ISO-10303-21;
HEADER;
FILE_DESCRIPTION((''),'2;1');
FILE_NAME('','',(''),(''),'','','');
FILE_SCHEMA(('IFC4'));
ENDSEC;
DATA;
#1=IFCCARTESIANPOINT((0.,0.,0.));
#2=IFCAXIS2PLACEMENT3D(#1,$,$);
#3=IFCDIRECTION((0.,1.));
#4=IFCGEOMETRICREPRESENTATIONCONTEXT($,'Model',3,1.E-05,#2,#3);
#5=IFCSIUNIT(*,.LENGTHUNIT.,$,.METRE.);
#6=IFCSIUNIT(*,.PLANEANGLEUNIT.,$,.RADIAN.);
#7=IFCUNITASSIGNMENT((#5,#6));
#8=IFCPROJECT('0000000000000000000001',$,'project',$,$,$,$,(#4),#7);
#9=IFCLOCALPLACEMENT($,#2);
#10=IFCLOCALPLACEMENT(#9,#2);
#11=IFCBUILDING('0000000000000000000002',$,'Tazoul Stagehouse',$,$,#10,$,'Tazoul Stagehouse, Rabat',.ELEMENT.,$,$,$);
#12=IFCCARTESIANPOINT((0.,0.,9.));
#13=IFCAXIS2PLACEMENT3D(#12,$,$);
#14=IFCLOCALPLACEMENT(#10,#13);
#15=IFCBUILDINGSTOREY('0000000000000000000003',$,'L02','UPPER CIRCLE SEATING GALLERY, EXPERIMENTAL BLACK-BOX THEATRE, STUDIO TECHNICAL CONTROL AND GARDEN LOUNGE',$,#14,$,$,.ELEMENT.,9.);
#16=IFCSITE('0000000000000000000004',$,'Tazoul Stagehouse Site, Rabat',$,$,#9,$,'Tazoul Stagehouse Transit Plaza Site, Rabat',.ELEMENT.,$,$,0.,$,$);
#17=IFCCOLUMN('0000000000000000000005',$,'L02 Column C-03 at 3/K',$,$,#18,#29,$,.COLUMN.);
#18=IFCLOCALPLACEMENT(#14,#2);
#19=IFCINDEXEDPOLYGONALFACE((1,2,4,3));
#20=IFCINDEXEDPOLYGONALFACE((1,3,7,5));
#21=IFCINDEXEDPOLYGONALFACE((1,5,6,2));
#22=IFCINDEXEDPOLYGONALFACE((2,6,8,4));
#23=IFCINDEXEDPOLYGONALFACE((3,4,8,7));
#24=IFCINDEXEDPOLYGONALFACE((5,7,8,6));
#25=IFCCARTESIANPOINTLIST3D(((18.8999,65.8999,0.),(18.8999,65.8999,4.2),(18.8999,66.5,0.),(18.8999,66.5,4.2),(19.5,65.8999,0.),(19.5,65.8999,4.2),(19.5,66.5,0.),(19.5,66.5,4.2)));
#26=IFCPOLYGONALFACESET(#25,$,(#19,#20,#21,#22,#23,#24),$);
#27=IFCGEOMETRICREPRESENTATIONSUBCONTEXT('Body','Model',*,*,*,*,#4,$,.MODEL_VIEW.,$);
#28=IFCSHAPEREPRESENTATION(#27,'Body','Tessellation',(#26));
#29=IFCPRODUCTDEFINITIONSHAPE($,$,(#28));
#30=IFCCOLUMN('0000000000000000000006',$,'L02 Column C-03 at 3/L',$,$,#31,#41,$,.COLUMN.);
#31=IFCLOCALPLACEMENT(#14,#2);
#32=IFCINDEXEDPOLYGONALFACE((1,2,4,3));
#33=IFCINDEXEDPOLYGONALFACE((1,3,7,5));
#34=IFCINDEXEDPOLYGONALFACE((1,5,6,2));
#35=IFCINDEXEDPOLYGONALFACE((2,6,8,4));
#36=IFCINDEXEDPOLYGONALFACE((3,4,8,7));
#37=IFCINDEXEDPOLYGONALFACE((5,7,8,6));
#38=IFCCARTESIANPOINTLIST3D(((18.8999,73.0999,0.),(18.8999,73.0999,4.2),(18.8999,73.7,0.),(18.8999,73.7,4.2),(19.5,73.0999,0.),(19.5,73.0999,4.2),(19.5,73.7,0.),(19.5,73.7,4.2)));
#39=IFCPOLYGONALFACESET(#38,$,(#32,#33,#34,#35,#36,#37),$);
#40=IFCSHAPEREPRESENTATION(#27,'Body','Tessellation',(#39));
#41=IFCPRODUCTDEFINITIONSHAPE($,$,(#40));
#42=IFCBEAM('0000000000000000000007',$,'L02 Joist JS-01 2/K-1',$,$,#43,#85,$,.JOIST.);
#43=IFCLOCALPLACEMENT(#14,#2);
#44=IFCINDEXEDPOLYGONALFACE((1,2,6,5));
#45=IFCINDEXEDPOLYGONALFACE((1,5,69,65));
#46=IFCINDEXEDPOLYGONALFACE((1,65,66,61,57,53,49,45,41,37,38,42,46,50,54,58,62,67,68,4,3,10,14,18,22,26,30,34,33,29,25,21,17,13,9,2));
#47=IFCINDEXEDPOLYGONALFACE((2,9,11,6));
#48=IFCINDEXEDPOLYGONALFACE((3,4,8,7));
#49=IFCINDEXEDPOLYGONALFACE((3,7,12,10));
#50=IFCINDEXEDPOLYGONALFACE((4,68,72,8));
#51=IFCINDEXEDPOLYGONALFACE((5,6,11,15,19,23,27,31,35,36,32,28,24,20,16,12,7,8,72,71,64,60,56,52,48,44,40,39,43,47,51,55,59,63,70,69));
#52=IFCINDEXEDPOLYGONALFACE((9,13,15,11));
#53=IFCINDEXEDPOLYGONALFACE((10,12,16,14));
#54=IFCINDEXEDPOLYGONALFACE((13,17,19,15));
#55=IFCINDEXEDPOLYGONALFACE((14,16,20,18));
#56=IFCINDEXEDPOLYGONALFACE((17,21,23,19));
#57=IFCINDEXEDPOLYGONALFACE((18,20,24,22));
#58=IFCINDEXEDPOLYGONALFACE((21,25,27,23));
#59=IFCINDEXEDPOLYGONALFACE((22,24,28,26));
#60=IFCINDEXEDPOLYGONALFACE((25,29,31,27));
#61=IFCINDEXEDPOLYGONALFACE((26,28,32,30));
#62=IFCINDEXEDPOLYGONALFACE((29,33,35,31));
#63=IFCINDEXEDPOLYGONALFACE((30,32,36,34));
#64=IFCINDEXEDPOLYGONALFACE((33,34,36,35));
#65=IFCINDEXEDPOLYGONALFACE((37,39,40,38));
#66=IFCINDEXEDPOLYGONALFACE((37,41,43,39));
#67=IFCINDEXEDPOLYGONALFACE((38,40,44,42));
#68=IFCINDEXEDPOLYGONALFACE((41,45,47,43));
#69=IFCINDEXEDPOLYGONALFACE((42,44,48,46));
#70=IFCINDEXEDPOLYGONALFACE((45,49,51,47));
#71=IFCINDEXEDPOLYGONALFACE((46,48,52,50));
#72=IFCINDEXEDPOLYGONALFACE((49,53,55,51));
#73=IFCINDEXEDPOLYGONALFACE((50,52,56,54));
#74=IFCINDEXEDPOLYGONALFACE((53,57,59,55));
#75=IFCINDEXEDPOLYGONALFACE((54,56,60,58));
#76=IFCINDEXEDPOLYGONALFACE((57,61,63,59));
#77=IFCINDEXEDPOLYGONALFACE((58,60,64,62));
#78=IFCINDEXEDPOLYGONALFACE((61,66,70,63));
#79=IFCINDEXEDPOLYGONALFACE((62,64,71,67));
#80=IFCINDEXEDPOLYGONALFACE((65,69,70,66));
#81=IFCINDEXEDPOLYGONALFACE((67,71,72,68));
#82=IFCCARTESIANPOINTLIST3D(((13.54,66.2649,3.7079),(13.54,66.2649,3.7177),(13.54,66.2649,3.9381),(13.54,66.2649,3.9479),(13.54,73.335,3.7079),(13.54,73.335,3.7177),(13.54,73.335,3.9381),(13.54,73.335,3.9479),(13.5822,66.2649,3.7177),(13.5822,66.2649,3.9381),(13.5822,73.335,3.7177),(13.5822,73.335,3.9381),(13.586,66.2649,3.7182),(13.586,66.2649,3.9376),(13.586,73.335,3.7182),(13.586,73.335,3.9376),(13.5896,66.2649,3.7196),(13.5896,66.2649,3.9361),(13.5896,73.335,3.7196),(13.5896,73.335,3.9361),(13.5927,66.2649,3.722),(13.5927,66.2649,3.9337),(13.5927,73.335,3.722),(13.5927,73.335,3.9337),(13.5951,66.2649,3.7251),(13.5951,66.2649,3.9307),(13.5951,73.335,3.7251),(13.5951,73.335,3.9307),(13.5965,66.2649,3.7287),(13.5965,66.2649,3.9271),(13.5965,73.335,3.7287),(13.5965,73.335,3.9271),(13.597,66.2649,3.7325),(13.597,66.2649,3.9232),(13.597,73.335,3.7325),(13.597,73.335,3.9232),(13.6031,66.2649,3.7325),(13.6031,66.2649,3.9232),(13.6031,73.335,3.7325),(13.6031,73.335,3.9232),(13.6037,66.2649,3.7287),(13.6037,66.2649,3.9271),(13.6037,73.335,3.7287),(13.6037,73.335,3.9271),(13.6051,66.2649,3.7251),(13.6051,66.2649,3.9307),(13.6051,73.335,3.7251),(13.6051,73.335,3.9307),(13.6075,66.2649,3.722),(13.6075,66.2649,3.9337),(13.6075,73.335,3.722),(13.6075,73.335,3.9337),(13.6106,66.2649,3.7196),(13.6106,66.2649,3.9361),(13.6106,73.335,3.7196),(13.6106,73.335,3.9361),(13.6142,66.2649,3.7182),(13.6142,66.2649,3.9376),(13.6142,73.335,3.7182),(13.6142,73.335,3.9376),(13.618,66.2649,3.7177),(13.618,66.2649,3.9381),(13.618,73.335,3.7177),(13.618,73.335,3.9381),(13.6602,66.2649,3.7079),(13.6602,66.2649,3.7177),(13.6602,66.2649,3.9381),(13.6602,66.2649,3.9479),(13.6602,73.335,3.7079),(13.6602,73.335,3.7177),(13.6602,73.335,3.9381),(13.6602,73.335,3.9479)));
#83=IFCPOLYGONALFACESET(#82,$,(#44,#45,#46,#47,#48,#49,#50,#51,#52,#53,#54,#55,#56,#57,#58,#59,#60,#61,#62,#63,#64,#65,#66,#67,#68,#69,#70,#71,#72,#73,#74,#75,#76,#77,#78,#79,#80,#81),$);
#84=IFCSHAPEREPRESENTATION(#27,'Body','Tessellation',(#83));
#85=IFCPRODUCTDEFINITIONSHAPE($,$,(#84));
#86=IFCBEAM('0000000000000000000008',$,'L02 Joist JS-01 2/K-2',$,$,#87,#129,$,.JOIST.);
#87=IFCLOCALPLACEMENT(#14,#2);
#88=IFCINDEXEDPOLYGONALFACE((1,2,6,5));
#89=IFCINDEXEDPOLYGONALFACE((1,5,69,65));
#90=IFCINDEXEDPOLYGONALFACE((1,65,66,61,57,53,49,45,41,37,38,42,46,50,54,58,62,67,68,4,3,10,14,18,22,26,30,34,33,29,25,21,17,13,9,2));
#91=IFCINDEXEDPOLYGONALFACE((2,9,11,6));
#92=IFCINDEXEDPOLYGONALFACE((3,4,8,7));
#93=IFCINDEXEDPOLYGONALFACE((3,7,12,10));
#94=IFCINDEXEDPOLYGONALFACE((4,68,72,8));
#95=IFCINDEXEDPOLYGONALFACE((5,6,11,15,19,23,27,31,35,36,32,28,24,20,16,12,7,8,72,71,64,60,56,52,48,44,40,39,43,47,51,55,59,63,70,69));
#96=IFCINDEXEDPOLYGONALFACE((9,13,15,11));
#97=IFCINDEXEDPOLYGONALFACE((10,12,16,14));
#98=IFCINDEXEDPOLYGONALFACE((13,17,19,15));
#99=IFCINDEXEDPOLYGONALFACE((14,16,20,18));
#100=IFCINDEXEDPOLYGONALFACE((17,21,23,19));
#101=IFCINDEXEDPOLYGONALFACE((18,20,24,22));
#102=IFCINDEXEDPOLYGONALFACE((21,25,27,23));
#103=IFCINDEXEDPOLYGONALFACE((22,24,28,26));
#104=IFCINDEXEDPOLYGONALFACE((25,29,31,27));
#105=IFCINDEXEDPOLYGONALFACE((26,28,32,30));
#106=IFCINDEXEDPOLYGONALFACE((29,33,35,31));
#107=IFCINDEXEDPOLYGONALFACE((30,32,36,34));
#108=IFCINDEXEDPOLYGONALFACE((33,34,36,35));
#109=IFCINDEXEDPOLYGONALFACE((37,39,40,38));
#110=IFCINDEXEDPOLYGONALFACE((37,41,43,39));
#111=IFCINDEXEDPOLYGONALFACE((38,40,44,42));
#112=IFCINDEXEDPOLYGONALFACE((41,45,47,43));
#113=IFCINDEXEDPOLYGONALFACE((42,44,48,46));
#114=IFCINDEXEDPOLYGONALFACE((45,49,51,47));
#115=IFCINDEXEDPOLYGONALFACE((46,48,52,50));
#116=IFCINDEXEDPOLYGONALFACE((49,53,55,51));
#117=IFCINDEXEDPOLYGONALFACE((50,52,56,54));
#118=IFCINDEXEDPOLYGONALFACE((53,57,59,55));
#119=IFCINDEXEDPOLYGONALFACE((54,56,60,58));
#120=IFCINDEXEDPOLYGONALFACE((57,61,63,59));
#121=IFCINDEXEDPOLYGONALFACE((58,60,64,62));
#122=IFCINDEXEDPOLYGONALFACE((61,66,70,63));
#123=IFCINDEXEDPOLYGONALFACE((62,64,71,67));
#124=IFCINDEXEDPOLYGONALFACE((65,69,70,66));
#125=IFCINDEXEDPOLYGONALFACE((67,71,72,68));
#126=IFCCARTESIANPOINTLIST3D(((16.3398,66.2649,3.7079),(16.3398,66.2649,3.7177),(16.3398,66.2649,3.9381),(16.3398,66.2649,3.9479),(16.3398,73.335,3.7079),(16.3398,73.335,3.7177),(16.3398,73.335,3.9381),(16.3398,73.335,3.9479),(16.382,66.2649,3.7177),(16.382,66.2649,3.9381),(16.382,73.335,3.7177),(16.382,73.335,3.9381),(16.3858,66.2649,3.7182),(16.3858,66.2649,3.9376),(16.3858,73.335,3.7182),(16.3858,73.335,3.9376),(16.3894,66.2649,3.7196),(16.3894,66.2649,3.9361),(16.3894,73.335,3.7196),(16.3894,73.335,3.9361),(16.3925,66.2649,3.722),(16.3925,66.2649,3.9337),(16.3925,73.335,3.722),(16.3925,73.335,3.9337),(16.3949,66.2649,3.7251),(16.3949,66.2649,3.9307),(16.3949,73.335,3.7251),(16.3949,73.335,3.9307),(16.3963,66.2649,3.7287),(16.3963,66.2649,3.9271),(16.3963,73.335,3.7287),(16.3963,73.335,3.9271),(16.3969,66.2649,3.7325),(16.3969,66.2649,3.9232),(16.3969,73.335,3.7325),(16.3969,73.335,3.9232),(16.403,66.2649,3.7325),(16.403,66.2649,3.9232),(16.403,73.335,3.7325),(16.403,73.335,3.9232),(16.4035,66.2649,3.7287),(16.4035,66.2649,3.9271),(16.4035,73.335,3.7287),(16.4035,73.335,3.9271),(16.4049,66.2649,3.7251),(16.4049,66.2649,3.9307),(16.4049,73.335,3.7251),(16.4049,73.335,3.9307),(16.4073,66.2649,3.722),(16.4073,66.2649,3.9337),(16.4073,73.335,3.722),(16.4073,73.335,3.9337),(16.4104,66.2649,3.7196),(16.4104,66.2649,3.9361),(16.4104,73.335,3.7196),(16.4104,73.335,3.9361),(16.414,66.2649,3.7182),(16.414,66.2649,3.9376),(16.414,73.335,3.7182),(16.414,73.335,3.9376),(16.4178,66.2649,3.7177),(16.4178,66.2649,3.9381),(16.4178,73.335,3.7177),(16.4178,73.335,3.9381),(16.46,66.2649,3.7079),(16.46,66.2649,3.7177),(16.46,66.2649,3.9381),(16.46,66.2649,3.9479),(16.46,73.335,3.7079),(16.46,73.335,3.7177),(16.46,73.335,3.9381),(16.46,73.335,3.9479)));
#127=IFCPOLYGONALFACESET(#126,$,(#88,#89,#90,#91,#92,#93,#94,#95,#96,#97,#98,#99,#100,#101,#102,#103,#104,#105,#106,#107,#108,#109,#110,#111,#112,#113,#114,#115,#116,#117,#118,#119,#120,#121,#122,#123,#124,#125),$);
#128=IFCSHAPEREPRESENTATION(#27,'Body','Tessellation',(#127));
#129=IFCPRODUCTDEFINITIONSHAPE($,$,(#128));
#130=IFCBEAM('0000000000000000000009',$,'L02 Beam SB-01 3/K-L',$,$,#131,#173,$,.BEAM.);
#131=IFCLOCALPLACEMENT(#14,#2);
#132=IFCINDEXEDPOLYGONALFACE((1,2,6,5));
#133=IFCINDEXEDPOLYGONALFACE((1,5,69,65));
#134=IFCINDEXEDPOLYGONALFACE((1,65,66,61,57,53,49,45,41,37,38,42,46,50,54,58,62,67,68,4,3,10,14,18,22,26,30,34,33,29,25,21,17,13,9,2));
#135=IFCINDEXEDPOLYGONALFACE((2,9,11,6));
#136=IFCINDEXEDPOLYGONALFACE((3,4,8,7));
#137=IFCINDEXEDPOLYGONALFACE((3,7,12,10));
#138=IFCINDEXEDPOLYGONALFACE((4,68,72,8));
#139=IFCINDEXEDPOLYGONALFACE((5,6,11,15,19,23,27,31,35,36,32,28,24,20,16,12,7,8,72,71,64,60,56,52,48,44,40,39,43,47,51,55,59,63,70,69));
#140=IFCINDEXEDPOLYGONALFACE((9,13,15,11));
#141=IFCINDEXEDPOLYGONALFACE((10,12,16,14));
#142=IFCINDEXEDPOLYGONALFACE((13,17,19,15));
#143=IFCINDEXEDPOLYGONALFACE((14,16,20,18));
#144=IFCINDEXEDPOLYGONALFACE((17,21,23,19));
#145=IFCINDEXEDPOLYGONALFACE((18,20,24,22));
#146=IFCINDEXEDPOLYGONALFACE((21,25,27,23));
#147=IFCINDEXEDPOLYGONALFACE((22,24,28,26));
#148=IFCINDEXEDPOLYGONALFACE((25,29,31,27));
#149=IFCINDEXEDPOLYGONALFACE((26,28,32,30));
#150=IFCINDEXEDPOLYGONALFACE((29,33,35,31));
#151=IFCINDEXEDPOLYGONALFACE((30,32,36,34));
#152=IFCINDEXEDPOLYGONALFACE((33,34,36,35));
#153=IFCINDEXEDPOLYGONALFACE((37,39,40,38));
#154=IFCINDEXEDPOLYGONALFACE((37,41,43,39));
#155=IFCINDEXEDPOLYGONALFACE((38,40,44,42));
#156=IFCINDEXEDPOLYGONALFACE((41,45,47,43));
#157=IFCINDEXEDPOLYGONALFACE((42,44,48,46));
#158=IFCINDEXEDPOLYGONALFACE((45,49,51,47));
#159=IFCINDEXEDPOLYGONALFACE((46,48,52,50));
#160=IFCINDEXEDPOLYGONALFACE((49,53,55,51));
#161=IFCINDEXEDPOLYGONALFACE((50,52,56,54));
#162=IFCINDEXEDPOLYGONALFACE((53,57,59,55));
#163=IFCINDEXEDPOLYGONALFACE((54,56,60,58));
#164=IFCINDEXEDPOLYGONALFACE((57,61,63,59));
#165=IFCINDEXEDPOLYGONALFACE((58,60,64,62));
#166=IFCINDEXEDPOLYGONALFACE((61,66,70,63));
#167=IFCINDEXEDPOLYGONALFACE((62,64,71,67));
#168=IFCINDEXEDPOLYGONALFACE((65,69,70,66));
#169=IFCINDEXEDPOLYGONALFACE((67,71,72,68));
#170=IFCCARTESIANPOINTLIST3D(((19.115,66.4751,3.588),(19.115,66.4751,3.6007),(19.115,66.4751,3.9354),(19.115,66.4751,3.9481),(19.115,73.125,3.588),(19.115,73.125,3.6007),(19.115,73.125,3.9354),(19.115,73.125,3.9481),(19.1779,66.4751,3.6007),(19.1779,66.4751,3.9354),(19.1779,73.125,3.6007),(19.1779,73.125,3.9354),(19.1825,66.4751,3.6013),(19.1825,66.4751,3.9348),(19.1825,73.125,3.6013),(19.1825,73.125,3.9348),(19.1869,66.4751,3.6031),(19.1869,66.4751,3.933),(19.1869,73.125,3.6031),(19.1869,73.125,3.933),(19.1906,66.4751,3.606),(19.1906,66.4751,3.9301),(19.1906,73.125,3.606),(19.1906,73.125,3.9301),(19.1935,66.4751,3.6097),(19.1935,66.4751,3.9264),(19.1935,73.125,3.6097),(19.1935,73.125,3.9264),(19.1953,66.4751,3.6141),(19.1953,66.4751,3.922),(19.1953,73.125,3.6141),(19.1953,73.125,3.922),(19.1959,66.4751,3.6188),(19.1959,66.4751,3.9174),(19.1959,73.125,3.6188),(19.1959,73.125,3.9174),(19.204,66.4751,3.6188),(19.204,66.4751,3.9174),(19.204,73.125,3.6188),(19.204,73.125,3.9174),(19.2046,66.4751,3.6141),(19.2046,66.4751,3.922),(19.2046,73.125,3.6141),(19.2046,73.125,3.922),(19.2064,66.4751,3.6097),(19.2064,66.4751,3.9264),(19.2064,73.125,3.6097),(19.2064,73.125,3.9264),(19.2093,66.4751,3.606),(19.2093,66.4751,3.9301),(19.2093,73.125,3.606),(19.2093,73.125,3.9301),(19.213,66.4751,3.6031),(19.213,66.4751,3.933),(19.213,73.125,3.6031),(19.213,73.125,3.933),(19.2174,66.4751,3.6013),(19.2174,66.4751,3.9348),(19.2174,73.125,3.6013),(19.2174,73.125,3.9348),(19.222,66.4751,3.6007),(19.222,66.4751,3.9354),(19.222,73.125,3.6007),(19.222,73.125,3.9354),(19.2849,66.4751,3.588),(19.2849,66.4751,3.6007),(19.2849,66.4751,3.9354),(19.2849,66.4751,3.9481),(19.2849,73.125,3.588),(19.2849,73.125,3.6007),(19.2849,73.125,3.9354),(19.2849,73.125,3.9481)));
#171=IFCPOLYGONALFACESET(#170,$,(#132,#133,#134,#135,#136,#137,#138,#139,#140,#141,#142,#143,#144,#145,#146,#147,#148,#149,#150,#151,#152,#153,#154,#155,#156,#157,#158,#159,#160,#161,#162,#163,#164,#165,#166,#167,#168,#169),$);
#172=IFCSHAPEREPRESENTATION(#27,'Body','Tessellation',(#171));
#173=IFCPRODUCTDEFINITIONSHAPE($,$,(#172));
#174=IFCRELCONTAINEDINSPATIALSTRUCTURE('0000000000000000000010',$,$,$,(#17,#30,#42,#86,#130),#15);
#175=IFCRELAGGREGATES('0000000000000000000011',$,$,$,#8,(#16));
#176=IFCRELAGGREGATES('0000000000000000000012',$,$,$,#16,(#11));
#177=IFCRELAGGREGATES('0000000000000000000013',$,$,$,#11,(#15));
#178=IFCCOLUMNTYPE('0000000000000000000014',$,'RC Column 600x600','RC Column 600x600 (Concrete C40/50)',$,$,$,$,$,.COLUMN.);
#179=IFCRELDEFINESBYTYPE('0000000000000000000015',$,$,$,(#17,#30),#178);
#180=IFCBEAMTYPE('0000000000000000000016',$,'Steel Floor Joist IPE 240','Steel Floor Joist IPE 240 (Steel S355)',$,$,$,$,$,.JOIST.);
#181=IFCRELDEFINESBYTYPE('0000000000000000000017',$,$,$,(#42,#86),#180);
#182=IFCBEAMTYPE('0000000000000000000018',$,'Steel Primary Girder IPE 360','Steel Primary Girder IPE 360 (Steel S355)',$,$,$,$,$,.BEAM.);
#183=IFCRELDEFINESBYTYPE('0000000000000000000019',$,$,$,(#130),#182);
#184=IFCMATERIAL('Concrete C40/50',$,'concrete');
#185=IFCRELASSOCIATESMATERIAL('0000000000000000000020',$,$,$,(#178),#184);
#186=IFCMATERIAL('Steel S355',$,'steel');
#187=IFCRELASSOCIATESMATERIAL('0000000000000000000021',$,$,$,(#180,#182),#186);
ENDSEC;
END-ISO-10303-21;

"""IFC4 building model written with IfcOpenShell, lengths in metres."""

from ifc_helpers import new_model, si_unit, direction, frame, origin, origin_2d, place, context, subcontext, project, spatial, rectangle, i_section, extrude, material, material_profile, profile_set, type_object, element, save


model = new_model("IFC4")

# Units and contexts
model_context = context("Model", 3, precision=1e-05, world=origin(), true_north=direction((0.0, 1.0)))
body_context = subcontext(model_context, "Body", "Model", "MODEL_VIEW")
ifc_project = project(units=[si_unit("LENGTHUNIT", "METRE"), si_unit("PLANEANGLEUNIT", "RADIAN")], contexts=[model_context])

# Site, building, storey
site_placement = place(None, origin())
site = spatial("IfcSite", under=ifc_project, at=site_placement, Name="Tazoul Stagehouse Site, Rabat", LongName="Tazoul Stagehouse Transit Plaza Site, Rabat", CompositionType="ELEMENT", RefElevation=0.0)
building_placement = place(site_placement, origin())
building = spatial("IfcBuilding", under=site, at=building_placement, Name="Tazoul Stagehouse", LongName="Tazoul Stagehouse, Rabat", CompositionType="ELEMENT")
storey_placement = place(building_placement, frame((0.0, 0.0, 9.0)))
storey = spatial("IfcBuildingStorey", under=building, at=storey_placement, Name="L02", Description="UPPER CIRCLE SEATING GALLERY, EXPERIMENTAL BLACK-BOX THEATRE, STUDIO TECHNICAL CONTROL AND GARDEN LOUNGE", CompositionType="ELEMENT", Elevation=9.0)

# Columns
ifc_material_1 = material(Name="Concrete C40/50", Category="concrete")
ifc_material_profile_1 = material_profile(ifc_material_1, rectangle(XDim=0.6001, YDim=0.6001, at=origin_2d()), Name="RC 600x600")
ifc_profile_set_1 = profile_set([ifc_material_profile_1], Name="Concrete C40/50")
column_type = type_object("IfcColumnType", Name="RC Column 600x600", Description="RC Column 600x600 (Concrete C40/50)", PredefinedType="COLUMN", material=ifc_profile_set_1)
for number, where, z_axis, x_axis, name in (
    (1, (19.2, 66.2, 0.0), (0.0, 0.0, 1.0), (1.0, 0.0, 0.0), "L02 Column C-03 at 3/K"),
    (2, (19.2, 73.3999, 0.0), (0.0, 0.0, 1.0), (1.0, 0.0, 0.0), "L02 Column C-03 at 3/L"),
):
    element("IfcColumn", number, at=place(storey_placement, frame(where, z_axis=z_axis, x_axis=x_axis)), inside=storey, type_object=column_type, Name=name, PredefinedType="COLUMN", context=body_context, shape_type="SweptSolid", body=[
        extrude(rectangle(XDim=0.6001, YDim=0.6001, at=origin_2d()), origin(), (0.0, 0.0, 1.0), 4.2),
    ])

# Beams
ifc_material_2 = material(Name="Steel S355", Category="steel")
ifc_material_profile_2 = material_profile(ifc_material_2, i_section(OverallWidth=0.1201, OverallDepth=0.24, WebThickness=0.0061, FlangeThickness=0.0098, FilletRadius=0.0149, at=origin_2d()), Name="IPE 240")
ifc_profile_set_2 = profile_set([ifc_material_profile_2], Name="Steel S355")
beam_type_1 = type_object("IfcBeamType", Name="Steel Floor Joist IPE 240", Description="Steel Floor Joist IPE 240 (Steel S355)", PredefinedType="JOIST", material=ifc_profile_set_2)
for number, where, z_axis, x_axis, name in (
    (3, (13.6001, 66.2649, 3.8279), (0.0, 1.0, 0.0), (-1.0, 0.0, 0.0), "L02 Joist JS-01 2/K-1"),
    (4, (16.3999, 66.2649, 3.8279), (0.0, 1.0, 0.0), (-1.0, 0.0, 0.0), "L02 Joist JS-01 2/K-2"),
):
    element("IfcBeam", number, at=place(storey_placement, frame(where, z_axis=z_axis, x_axis=x_axis)), inside=storey, type_object=beam_type_1, Name=name, PredefinedType="JOIST", context=body_context, shape_type="SweptSolid", body=[
        extrude(i_section(OverallWidth=0.1201, OverallDepth=0.24, WebThickness=0.0061, FlangeThickness=0.0098, FilletRadius=0.0149, at=origin_2d()), origin(), (0.0, 0.0, 1.0), 7.0701),
    ])
ifc_material_profile_3 = material_profile(ifc_material_2, i_section(OverallWidth=0.1699, OverallDepth=0.3601, WebThickness=0.0081, FlangeThickness=0.0127, FilletRadius=0.0181, at=origin_2d()), Name="IPE 360")
ifc_profile_set_3 = profile_set([ifc_material_profile_3], Name="Steel S355")
beam_type_2 = type_object("IfcBeamType", Name="Steel Primary Girder IPE 360", Description="Steel Primary Girder IPE 360 (Steel S355)", PredefinedType="BEAM", material=ifc_profile_set_3)
for number, where, z_axis, x_axis, name in (
    (5, (19.2, 66.4751, 3.7681), (0.0, 1.0, 0.0), (-1.0, 0.0, 0.0), "L02 Beam SB-01 3/K-L"),
):
    element("IfcBeam", number, at=place(storey_placement, frame(where, z_axis=z_axis, x_axis=x_axis)), inside=storey, type_object=beam_type_2, Name=name, PredefinedType="BEAM", context=body_context, shape_type="SweptSolid", body=[
        extrude(i_section(OverallWidth=0.1699, OverallDepth=0.3601, WebThickness=0.0081, FlangeThickness=0.0127, FilletRadius=0.0181, at=origin_2d()), origin(), (0.0, 0.0, 1.0), 6.6499),
    ])

save(model, "model.ifc")
